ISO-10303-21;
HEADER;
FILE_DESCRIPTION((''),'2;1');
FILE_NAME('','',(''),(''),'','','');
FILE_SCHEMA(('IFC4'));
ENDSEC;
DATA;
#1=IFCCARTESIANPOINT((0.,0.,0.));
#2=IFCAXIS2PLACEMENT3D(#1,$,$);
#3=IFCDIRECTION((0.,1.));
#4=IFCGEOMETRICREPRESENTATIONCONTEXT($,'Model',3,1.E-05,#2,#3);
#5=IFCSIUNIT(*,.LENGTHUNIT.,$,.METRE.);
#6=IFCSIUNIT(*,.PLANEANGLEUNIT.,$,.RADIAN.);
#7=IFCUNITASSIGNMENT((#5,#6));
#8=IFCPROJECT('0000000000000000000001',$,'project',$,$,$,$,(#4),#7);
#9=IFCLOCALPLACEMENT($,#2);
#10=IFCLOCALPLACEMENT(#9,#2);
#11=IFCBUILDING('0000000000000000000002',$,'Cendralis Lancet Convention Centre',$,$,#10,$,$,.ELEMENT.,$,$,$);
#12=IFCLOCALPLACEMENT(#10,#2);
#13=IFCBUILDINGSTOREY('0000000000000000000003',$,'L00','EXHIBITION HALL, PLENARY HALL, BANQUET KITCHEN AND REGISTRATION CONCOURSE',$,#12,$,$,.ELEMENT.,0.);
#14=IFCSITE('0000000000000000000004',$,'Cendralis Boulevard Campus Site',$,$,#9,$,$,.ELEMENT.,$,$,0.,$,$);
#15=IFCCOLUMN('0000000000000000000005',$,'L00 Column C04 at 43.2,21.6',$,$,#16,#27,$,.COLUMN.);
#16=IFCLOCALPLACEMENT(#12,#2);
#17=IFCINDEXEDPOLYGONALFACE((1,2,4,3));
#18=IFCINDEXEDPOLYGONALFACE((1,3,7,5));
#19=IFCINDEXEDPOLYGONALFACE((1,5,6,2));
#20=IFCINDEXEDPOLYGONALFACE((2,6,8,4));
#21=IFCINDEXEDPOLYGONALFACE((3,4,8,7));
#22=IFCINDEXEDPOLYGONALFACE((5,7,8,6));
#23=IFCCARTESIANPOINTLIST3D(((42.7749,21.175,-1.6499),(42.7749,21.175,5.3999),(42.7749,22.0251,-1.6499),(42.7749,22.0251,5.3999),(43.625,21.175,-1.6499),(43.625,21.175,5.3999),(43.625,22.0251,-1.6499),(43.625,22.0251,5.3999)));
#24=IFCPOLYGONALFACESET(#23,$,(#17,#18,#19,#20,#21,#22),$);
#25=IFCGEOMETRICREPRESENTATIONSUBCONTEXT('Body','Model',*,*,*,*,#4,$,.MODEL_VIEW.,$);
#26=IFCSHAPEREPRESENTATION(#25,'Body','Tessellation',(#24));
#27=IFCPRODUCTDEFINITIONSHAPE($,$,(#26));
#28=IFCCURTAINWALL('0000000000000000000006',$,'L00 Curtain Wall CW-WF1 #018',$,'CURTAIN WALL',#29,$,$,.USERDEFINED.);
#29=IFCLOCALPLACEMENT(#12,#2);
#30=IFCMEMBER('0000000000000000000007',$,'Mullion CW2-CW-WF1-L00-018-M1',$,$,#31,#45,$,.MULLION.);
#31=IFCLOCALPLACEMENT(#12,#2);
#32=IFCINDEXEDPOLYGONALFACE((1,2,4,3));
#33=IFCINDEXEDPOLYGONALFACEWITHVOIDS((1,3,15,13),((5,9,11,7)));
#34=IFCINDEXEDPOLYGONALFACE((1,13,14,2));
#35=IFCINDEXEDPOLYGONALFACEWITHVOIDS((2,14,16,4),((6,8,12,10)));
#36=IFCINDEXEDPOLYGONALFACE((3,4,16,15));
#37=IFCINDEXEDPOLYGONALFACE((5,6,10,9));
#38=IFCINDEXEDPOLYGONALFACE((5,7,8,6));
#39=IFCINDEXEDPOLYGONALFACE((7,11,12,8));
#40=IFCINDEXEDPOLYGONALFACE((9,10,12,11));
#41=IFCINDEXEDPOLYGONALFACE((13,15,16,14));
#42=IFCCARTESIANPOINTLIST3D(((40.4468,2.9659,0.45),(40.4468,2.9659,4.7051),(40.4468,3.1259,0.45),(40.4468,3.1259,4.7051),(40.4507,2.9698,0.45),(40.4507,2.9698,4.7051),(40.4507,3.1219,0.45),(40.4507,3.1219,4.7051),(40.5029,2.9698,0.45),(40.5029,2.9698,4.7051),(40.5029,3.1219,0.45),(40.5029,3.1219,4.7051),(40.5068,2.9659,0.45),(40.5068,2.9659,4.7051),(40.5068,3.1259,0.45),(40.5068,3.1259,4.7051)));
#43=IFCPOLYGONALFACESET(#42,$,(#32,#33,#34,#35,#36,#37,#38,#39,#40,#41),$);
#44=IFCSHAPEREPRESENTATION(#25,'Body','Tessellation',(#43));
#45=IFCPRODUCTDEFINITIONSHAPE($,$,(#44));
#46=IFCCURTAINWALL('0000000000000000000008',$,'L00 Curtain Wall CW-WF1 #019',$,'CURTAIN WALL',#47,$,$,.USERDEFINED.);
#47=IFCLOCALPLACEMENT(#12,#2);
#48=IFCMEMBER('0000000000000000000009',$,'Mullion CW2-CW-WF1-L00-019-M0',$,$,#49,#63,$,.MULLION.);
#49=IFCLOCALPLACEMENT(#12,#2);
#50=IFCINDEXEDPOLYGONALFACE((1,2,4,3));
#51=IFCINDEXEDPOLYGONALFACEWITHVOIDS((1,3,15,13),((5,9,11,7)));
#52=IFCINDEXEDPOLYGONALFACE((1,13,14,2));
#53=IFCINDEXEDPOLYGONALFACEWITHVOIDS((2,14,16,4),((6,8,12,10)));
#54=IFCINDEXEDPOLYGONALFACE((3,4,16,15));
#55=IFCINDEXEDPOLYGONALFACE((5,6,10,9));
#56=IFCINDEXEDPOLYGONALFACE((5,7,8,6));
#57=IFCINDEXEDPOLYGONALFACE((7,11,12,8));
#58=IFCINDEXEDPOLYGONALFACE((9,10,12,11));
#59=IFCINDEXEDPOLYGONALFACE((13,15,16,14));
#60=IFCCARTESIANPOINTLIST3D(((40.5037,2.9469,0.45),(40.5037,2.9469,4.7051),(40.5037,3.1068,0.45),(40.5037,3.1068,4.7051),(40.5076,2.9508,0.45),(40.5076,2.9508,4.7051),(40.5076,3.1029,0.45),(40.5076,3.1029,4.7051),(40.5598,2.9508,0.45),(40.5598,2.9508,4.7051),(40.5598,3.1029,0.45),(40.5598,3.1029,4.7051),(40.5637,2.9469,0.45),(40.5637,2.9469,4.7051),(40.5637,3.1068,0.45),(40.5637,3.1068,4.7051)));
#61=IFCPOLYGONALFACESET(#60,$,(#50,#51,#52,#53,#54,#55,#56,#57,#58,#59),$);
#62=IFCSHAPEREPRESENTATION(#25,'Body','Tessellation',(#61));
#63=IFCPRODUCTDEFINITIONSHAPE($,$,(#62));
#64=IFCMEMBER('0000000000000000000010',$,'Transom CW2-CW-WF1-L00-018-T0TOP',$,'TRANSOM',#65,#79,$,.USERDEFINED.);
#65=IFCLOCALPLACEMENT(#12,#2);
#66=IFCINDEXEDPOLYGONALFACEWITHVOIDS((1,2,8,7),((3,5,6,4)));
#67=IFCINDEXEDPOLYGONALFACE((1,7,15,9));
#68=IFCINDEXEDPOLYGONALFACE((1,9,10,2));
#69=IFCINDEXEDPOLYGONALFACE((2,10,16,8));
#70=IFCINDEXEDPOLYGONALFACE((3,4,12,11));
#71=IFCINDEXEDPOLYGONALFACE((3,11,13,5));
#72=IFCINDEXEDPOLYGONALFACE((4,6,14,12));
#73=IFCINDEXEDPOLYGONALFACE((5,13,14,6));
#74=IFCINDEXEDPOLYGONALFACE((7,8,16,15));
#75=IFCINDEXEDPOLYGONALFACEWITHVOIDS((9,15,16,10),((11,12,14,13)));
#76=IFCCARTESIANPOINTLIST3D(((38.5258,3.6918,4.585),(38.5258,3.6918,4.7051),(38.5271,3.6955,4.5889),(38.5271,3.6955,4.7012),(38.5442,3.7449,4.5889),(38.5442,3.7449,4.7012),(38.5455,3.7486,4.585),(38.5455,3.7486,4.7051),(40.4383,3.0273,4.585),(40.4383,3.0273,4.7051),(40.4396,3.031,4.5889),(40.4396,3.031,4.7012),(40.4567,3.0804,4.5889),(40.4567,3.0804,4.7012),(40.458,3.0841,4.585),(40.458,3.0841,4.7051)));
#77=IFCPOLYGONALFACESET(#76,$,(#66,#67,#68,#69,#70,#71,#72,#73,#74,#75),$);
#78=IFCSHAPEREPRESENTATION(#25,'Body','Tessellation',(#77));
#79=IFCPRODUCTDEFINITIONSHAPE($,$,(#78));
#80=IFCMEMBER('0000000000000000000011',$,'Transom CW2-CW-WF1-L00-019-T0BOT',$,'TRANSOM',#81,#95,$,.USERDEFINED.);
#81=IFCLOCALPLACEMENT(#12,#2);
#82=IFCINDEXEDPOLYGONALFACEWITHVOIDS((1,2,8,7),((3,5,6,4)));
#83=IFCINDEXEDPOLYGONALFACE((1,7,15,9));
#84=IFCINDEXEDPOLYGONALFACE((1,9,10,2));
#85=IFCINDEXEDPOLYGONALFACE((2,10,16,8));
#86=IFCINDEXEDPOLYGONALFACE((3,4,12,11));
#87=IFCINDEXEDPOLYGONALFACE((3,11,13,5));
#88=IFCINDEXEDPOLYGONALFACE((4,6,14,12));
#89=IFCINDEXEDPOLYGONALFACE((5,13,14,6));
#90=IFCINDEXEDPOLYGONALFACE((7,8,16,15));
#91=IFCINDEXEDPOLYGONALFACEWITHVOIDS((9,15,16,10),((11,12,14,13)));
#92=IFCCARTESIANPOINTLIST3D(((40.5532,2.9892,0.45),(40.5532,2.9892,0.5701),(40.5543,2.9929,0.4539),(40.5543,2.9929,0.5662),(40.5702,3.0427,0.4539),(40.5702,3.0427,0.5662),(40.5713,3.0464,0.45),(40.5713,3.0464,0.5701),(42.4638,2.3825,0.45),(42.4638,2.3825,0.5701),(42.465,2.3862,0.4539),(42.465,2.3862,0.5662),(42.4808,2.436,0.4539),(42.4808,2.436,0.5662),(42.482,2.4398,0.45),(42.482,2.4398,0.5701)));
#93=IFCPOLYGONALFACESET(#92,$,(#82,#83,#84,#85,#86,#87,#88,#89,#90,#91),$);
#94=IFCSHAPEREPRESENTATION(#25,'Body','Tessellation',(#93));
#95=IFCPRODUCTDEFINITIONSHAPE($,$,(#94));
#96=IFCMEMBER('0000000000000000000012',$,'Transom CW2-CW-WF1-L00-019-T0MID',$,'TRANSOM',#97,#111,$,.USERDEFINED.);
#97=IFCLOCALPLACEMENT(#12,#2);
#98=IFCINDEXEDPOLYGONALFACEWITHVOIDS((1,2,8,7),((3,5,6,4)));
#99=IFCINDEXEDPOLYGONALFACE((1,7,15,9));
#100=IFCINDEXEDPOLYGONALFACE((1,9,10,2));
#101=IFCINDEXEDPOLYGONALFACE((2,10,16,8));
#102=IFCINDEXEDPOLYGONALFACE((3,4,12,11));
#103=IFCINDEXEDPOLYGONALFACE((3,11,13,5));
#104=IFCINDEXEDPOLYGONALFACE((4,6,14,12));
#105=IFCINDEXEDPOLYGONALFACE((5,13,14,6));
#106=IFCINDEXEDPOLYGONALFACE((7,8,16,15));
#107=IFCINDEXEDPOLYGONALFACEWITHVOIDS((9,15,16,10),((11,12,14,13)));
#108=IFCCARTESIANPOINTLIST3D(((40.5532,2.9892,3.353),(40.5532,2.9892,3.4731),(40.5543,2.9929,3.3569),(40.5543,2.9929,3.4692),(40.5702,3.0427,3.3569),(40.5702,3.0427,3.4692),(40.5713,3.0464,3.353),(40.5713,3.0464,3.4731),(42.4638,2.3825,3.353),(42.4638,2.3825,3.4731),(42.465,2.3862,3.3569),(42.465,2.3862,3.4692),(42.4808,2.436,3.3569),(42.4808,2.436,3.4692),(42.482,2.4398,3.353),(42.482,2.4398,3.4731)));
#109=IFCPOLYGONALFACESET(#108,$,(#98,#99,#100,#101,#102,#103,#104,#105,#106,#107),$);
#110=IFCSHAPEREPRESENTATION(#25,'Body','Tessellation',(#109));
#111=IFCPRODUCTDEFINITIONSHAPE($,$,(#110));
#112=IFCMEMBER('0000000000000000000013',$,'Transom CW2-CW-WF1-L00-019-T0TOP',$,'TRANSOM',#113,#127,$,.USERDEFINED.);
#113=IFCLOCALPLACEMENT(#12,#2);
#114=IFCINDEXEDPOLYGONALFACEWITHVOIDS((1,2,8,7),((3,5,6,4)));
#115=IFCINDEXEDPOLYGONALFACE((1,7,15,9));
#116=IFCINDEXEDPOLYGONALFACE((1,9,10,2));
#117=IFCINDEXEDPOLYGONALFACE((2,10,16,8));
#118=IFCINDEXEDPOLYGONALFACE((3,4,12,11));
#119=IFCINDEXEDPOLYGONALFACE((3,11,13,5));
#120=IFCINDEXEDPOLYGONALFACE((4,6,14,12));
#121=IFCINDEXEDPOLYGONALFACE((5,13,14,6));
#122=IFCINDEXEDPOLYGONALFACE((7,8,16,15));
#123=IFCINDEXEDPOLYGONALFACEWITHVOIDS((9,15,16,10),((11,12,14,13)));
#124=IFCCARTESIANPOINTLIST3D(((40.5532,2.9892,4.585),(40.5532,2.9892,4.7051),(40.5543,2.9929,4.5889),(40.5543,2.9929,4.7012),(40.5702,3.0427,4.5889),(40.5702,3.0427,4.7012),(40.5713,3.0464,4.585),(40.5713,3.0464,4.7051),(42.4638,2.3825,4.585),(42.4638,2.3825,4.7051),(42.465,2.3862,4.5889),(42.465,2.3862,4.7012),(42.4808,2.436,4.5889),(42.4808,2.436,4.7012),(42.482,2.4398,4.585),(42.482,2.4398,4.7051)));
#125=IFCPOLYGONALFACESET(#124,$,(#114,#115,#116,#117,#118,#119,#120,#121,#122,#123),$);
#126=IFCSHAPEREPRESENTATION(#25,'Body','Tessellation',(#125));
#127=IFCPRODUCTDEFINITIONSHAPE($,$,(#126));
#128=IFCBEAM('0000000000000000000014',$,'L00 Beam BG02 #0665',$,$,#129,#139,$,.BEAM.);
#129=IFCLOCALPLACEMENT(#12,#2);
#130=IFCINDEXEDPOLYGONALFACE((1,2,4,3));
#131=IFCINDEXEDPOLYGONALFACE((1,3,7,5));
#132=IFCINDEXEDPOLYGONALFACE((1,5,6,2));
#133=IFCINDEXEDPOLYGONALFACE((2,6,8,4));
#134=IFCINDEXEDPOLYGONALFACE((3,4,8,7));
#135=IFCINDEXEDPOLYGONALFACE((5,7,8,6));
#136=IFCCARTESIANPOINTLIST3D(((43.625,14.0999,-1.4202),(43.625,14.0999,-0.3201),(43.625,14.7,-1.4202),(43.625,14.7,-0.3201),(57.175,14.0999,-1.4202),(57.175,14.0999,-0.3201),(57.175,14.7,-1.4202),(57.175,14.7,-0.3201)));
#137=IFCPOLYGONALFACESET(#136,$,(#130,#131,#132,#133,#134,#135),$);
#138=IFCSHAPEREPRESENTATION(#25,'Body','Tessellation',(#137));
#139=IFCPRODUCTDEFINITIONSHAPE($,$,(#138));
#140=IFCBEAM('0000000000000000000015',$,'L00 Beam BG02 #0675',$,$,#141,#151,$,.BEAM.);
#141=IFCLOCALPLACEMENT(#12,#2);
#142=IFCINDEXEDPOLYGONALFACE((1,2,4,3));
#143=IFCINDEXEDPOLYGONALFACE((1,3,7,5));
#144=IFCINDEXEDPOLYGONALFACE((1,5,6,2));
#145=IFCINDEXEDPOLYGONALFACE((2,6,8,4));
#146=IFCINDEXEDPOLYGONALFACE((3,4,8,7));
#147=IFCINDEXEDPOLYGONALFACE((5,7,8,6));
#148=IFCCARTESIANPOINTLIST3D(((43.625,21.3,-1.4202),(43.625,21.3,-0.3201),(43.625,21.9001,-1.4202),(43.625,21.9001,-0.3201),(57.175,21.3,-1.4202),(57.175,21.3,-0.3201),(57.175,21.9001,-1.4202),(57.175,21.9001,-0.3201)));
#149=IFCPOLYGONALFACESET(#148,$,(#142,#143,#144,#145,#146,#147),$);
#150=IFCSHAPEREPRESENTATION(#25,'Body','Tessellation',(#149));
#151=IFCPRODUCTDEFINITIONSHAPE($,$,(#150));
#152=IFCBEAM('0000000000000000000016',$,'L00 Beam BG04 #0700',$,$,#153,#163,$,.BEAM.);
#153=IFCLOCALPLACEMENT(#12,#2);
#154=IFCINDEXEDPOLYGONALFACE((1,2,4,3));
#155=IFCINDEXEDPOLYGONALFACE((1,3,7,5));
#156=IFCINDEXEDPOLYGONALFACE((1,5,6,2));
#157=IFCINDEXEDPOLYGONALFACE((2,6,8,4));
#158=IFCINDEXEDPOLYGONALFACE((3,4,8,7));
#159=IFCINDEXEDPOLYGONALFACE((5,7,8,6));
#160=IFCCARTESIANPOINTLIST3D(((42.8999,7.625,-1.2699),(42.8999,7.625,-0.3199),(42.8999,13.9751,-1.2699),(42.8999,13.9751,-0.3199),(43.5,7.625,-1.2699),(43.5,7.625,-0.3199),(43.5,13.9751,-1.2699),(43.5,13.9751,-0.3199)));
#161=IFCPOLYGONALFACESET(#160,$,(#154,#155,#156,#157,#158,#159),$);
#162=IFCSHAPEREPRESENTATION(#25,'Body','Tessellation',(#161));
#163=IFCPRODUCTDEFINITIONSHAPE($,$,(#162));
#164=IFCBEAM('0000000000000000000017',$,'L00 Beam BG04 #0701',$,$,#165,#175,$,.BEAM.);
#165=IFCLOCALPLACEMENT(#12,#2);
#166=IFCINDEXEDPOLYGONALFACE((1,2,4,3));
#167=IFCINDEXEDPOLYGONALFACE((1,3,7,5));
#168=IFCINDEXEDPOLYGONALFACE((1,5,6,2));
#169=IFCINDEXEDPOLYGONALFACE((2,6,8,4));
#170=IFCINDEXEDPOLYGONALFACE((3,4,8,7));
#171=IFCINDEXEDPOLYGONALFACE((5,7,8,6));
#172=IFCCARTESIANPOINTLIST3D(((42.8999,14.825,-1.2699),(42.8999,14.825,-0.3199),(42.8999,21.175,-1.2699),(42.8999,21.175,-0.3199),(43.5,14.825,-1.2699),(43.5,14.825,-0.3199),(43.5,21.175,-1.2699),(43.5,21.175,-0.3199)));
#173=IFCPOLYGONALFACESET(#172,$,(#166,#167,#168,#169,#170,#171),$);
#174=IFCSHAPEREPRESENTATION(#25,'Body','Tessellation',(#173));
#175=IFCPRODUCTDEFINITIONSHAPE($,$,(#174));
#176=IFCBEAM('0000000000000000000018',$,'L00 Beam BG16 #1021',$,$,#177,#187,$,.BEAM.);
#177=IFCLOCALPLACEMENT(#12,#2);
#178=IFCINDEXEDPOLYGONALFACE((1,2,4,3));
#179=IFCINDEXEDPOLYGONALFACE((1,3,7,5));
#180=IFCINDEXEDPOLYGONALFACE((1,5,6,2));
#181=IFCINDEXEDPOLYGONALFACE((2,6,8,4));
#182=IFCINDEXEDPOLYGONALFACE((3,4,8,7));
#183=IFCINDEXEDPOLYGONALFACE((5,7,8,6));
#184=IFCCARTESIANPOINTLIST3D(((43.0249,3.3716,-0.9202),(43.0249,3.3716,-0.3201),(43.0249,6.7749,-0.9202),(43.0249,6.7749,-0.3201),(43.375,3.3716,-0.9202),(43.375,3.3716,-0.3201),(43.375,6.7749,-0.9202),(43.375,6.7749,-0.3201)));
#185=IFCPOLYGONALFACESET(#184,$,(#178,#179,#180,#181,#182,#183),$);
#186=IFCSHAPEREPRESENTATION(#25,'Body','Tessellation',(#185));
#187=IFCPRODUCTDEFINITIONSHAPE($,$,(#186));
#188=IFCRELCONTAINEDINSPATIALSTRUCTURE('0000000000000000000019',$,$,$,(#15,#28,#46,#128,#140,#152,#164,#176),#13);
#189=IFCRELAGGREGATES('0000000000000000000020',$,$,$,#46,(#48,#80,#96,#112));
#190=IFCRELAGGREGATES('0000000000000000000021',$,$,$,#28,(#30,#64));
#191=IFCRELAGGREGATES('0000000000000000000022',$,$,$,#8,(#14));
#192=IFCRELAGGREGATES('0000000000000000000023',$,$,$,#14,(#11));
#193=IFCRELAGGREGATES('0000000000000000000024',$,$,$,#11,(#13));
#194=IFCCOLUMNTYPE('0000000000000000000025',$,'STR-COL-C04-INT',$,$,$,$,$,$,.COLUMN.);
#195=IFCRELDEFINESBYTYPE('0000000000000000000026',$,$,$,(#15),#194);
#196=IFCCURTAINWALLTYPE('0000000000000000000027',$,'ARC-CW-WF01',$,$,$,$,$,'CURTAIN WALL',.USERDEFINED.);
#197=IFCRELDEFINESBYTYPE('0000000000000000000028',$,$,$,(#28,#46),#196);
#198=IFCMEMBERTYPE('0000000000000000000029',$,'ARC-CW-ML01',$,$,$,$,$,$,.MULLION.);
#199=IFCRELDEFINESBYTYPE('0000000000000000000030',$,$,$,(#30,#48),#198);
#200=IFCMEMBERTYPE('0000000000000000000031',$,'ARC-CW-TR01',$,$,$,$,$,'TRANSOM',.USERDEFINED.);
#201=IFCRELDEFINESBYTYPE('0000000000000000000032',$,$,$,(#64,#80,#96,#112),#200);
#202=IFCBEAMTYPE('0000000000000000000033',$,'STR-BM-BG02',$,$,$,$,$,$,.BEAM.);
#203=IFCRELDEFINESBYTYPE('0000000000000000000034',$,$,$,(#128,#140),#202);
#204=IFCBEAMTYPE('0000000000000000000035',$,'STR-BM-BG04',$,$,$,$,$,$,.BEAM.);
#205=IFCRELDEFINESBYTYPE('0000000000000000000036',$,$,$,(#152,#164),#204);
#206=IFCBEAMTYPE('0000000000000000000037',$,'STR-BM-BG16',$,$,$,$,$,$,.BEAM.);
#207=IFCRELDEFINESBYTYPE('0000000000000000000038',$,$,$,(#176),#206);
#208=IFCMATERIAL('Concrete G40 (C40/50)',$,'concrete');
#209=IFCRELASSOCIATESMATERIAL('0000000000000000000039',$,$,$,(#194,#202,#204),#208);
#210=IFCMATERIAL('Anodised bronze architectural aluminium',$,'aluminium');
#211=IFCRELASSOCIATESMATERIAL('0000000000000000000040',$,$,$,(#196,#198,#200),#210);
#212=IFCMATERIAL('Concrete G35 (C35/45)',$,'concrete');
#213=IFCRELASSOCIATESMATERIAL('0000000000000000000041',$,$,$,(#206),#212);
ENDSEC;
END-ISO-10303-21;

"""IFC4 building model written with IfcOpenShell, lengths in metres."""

from ifc_helpers import new_model, si_unit, direction, frame, origin, origin_2d, place, context, subcontext, project, spatial, rectangle, hollow_rectangle, extrude, material, material_profile, profile_set, type_object, element, aggregate, save


model = new_model("IFC4")

# Units and contexts
model_context = context("Model", 3, precision=1e-05, world=origin(), true_north=direction((0.0, 1.0)))
body_context = subcontext(model_context, "Body", "Model", "MODEL_VIEW")
ifc_project = project(units=[si_unit("LENGTHUNIT", "METRE"), si_unit("PLANEANGLEUNIT", "RADIAN")], contexts=[model_context])

# Site, building, storey
site_placement = place(None, origin())
site = spatial("IfcSite", under=ifc_project, at=site_placement, Name="Cendralis Boulevard Campus Site", CompositionType="ELEMENT", RefElevation=0.0)
building_placement = place(site_placement, origin())
building = spatial("IfcBuilding", under=site, at=building_placement, Name="Cendralis Lancet Convention Centre", CompositionType="ELEMENT")
storey_placement = place(building_placement, origin())
storey = spatial("IfcBuildingStorey", under=building, at=storey_placement, Name="L00", Description="EXHIBITION HALL, PLENARY HALL, BANQUET KITCHEN AND REGISTRATION CONCOURSE", CompositionType="ELEMENT", Elevation=0.0)

# Shared definitions
ifc_material_1 = material(Name="Concrete G35 (C35/45)", Category="concrete")

# Column
ifc_material_2 = material(Name="Concrete G40 (C40/50)", Category="concrete")
ifc_material_profile_1 = material_profile(ifc_material_2, rectangle(XDim=0.8501, YDim=0.8501, at=origin_2d()), Name="RC 850x850")
ifc_profile_set_1 = profile_set([ifc_material_profile_1], Name="Concrete G40 (C40/50)")
column_type = type_object("IfcColumnType", Name="STR-COL-C04-INT", PredefinedType="COLUMN", material=ifc_profile_set_1)
for number, where, z_axis, x_axis, name in (
    (1, (43.2, 21.6001, -1.6499), (0.0, 0.0, 1.0), (1.0, 0.0, 0.0), "L00 Column C04 at 43.2,21.6"),
):
    element("IfcColumn", number, at=place(storey_placement, frame(where, z_axis=z_axis, x_axis=x_axis)), inside=storey, type_object=column_type, Name=name, PredefinedType="COLUMN", context=body_context, shape_type="SweptSolid", body=[
        extrude(rectangle(XDim=0.8501, YDim=0.8501, at=origin_2d()), origin(), (0.0, 0.0, 1.0), 7.0498),
    ])

# Curtain walls, members
ifc_material_3 = material(Name="Anodised bronze architectural aluminium", Category="aluminium")
curtain_wall_type = type_object("IfcCurtainWallType", Name="ARC-CW-WF01", ElementType="CURTAIN WALL", PredefinedType="USERDEFINED", material=ifc_material_3)
curtain_wall_1_placement = place(storey_placement, origin())
curtain_wall_1 = element("IfcCurtainWall", 2, at=curtain_wall_1_placement, inside=storey, type_object=curtain_wall_type, Name="L00 Curtain Wall CW-WF1 #018", ObjectType="CURTAIN WALL", PredefinedType="USERDEFINED")
ifc_material_profile_2 = material_profile(ifc_material_3, hollow_rectangle(XDim=0.0601, YDim=0.1599, WallThickness=0.0039, at=origin_2d()), Name="AL-MULL 60x160x4.0")
ifc_profile_set_2 = profile_set([ifc_material_profile_2], Name="Anodised bronze architectural aluminium")
member_type_1 = type_object("IfcMemberType", Name="ARC-CW-ML01", PredefinedType="MULLION", material=ifc_profile_set_2)
member_1_placement = place(storey_placement, frame((40.4768, 3.0459, 0.45), z_axis=(0.0, 0.0, 1.0), x_axis=(1.0, 0.0, 0.0)))
member_1 = element("IfcMember", 3, at=member_1_placement, type_object=member_type_1, Name="Mullion CW2-CW-WF1-L00-018-M1", PredefinedType="MULLION", context=body_context, shape_type="SweptSolid", body=[
    extrude(hollow_rectangle(XDim=0.0601, YDim=0.1599, WallThickness=0.0039, at=origin_2d()), origin(), (0.0, 0.0, 1.0), 4.2551),
])
curtain_wall_2_placement = place(storey_placement, origin())
curtain_wall_2 = element("IfcCurtainWall", 4, at=curtain_wall_2_placement, inside=storey, type_object=curtain_wall_type, Name="L00 Curtain Wall CW-WF1 #019", ObjectType="CURTAIN WALL", PredefinedType="USERDEFINED")
member_2_placement = place(storey_placement, frame((40.5337, 3.0269, 0.45), z_axis=(0.0, 0.0, 1.0), x_axis=(1.0, 0.0, 0.0)))
member_2 = element("IfcMember", 5, at=member_2_placement, type_object=member_type_1, Name="Mullion CW2-CW-WF1-L00-019-M0", PredefinedType="MULLION", context=body_context, shape_type="SweptSolid", body=[
    extrude(hollow_rectangle(XDim=0.0601, YDim=0.1599, WallThickness=0.0039, at=origin_2d()), origin(), (0.0, 0.0, 1.0), 4.2551),
])

# Members
ifc_material_profile_3 = material_profile(ifc_material_3, hollow_rectangle(XDim=0.0601, YDim=0.1201, WallThickness=0.0039, at=origin_2d()), Name="AL-TRAN 60x120x4.0")
ifc_profile_set_3 = profile_set([ifc_material_profile_3], Name="Anodised bronze architectural aluminium")
member_type_2 = type_object("IfcMemberType", Name="ARC-CW-TR01", ElementType="TRANSOM", PredefinedType="USERDEFINED", material=ifc_profile_set_3)
member_3_placement = place(storey_placement, frame((38.5356, 3.7202, 4.645), z_axis=(0.944604, -0.328212, 0.0), x_axis=(0.328212, 0.944604, 0.0)))
member_3 = element("IfcMember", 6, at=member_3_placement, type_object=member_type_2, Name="Transom CW2-CW-WF1-L00-018-T0TOP", ObjectType="TRANSOM", PredefinedType="USERDEFINED", context=body_context, shape_type="SweptSolid", body=[
    extrude(hollow_rectangle(XDim=0.0601, YDim=0.1201, WallThickness=0.0039, at=origin_2d()), origin(), (0.0, 0.0, 1.0), 2.0247),
])
member_4_placement = place(storey_placement, frame((40.5623, 3.0178, 0.51), z_axis=(0.953105, -0.302641, 0.0), x_axis=(0.302641, 0.953105, 0.0)))
member_4 = element("IfcMember", 7, at=member_4_placement, type_object=member_type_2, Name="Transom CW2-CW-WF1-L00-019-T0BOT", ObjectType="TRANSOM", PredefinedType="USERDEFINED", context=body_context, shape_type="SweptSolid", body=[
    extrude(hollow_rectangle(XDim=0.0601, YDim=0.1201, WallThickness=0.0039, at=origin_2d()), origin(), (0.0, 0.0, 1.0), 2.0046),
])
member_5_placement = place(storey_placement, frame((40.5623, 3.0178, 3.4131), z_axis=(0.953105, -0.302641, 0.0), x_axis=(0.302641, 0.953105, 0.0)))
member_5 = element("IfcMember", 8, at=member_5_placement, type_object=member_type_2, Name="Transom CW2-CW-WF1-L00-019-T0MID", ObjectType="TRANSOM", PredefinedType="USERDEFINED", context=body_context, shape_type="SweptSolid", body=[
    extrude(hollow_rectangle(XDim=0.0601, YDim=0.1201, WallThickness=0.0039, at=origin_2d()), origin(), (0.0, 0.0, 1.0), 2.0046),
])
member_6_placement = place(storey_placement, frame((40.5623, 3.0178, 4.645), z_axis=(0.953105, -0.302641, 0.0), x_axis=(0.302641, 0.953105, 0.0)))
member_6 = element("IfcMember", 9, at=member_6_placement, type_object=member_type_2, Name="Transom CW2-CW-WF1-L00-019-T0TOP", ObjectType="TRANSOM", PredefinedType="USERDEFINED", context=body_context, shape_type="SweptSolid", body=[
    extrude(hollow_rectangle(XDim=0.0601, YDim=0.1201, WallThickness=0.0039, at=origin_2d()), origin(), (0.0, 0.0, 1.0), 2.0046),
])
aggregate(curtain_wall_2, [member_2, member_4, member_5, member_6])

# Beams
ifc_material_profile_4 = material_profile(ifc_material_2, rectangle(XDim=0.6001, YDim=1.1001, at=origin_2d()), Name="RCB 600x1100")
ifc_profile_set_4 = profile_set([ifc_material_profile_4], Name="Concrete G40 (C40/50)")
beam_type_1 = type_object("IfcBeamType", Name="STR-BM-BG02", PredefinedType="BEAM", material=ifc_profile_set_4)
for number, where, z_axis, x_axis, name in (
    (10, (43.625, 14.3999, -0.8701), (1.0, 0.0, 0.0), (0.0, 1.0, 0.0), "L00 Beam BG02 #0665"),
    (11, (43.625, 21.6001, -0.8701), (1.0, 0.0, 0.0), (0.0, 1.0, 0.0), "L00 Beam BG02 #0675"),
):
    element("IfcBeam", number, at=place(storey_placement, frame(where, z_axis=z_axis, x_axis=x_axis)), inside=storey, type_object=beam_type_1, Name=name, PredefinedType="BEAM", context=body_context, shape_type="SweptSolid", body=[
        extrude(rectangle(XDim=0.6001, YDim=1.1001, at=origin_2d()), origin(), (0.0, 0.0, 1.0), 13.55),
    ])
ifc_material_profile_5 = material_profile(ifc_material_2, rectangle(XDim=0.6001, YDim=0.95, at=origin_2d()), Name="RCB 600x950")
ifc_profile_set_5 = profile_set([ifc_material_profile_5], Name="Concrete G40 (C40/50)")
beam_type_2 = type_object("IfcBeamType", Name="STR-BM-BG04", PredefinedType="BEAM", material=ifc_profile_set_5)
for number, where, z_axis, x_axis, name in (
    (12, (43.2, 7.625, -0.7949), (0.0, 1.0, 0.0), (-1.0, 0.0, 0.0), "L00 Beam BG04 #0700"),
    (13, (43.2, 14.825, -0.7949), (0.0, 1.0, 0.0), (-1.0, 0.0, 0.0), "L00 Beam BG04 #0701"),
):
    element("IfcBeam", number, at=place(storey_placement, frame(where, z_axis=z_axis, x_axis=x_axis)), inside=storey, type_object=beam_type_2, Name=name, PredefinedType="BEAM", context=body_context, shape_type="SweptSolid", body=[
        extrude(rectangle(XDim=0.6001, YDim=0.95, at=origin_2d()), origin(), (0.0, 0.0, 1.0), 6.3501),
    ])
ifc_material_profile_6 = material_profile(ifc_material_1, rectangle(XDim=0.3501, YDim=0.6001, at=origin_2d()), Name="RCB 350x600")
ifc_profile_set_6 = profile_set([ifc_material_profile_6], Name="Concrete G35 (C35/45)")
beam_type_3 = type_object("IfcBeamType", Name="STR-BM-BG16", PredefinedType="BEAM", material=ifc_profile_set_6)
beam_1_placement = place(storey_placement, frame((43.2, 3.3716, -0.6201), z_axis=(0.0, 1.0, 0.0), x_axis=(-1.0, 0.0, 0.0)))
element("IfcBeam", 14, at=beam_1_placement, inside=storey, type_object=beam_type_3, Name="L00 Beam BG16 #1021", PredefinedType="BEAM", context=body_context, shape_type="SweptSolid", body=[
    extrude(rectangle(XDim=0.3501, YDim=0.6001, at=origin_2d()), origin(), (0.0, 0.0, 1.0), 3.4033),
])

aggregate(curtain_wall_1, [member_1, member_3])

save(model, "model.ifc")
